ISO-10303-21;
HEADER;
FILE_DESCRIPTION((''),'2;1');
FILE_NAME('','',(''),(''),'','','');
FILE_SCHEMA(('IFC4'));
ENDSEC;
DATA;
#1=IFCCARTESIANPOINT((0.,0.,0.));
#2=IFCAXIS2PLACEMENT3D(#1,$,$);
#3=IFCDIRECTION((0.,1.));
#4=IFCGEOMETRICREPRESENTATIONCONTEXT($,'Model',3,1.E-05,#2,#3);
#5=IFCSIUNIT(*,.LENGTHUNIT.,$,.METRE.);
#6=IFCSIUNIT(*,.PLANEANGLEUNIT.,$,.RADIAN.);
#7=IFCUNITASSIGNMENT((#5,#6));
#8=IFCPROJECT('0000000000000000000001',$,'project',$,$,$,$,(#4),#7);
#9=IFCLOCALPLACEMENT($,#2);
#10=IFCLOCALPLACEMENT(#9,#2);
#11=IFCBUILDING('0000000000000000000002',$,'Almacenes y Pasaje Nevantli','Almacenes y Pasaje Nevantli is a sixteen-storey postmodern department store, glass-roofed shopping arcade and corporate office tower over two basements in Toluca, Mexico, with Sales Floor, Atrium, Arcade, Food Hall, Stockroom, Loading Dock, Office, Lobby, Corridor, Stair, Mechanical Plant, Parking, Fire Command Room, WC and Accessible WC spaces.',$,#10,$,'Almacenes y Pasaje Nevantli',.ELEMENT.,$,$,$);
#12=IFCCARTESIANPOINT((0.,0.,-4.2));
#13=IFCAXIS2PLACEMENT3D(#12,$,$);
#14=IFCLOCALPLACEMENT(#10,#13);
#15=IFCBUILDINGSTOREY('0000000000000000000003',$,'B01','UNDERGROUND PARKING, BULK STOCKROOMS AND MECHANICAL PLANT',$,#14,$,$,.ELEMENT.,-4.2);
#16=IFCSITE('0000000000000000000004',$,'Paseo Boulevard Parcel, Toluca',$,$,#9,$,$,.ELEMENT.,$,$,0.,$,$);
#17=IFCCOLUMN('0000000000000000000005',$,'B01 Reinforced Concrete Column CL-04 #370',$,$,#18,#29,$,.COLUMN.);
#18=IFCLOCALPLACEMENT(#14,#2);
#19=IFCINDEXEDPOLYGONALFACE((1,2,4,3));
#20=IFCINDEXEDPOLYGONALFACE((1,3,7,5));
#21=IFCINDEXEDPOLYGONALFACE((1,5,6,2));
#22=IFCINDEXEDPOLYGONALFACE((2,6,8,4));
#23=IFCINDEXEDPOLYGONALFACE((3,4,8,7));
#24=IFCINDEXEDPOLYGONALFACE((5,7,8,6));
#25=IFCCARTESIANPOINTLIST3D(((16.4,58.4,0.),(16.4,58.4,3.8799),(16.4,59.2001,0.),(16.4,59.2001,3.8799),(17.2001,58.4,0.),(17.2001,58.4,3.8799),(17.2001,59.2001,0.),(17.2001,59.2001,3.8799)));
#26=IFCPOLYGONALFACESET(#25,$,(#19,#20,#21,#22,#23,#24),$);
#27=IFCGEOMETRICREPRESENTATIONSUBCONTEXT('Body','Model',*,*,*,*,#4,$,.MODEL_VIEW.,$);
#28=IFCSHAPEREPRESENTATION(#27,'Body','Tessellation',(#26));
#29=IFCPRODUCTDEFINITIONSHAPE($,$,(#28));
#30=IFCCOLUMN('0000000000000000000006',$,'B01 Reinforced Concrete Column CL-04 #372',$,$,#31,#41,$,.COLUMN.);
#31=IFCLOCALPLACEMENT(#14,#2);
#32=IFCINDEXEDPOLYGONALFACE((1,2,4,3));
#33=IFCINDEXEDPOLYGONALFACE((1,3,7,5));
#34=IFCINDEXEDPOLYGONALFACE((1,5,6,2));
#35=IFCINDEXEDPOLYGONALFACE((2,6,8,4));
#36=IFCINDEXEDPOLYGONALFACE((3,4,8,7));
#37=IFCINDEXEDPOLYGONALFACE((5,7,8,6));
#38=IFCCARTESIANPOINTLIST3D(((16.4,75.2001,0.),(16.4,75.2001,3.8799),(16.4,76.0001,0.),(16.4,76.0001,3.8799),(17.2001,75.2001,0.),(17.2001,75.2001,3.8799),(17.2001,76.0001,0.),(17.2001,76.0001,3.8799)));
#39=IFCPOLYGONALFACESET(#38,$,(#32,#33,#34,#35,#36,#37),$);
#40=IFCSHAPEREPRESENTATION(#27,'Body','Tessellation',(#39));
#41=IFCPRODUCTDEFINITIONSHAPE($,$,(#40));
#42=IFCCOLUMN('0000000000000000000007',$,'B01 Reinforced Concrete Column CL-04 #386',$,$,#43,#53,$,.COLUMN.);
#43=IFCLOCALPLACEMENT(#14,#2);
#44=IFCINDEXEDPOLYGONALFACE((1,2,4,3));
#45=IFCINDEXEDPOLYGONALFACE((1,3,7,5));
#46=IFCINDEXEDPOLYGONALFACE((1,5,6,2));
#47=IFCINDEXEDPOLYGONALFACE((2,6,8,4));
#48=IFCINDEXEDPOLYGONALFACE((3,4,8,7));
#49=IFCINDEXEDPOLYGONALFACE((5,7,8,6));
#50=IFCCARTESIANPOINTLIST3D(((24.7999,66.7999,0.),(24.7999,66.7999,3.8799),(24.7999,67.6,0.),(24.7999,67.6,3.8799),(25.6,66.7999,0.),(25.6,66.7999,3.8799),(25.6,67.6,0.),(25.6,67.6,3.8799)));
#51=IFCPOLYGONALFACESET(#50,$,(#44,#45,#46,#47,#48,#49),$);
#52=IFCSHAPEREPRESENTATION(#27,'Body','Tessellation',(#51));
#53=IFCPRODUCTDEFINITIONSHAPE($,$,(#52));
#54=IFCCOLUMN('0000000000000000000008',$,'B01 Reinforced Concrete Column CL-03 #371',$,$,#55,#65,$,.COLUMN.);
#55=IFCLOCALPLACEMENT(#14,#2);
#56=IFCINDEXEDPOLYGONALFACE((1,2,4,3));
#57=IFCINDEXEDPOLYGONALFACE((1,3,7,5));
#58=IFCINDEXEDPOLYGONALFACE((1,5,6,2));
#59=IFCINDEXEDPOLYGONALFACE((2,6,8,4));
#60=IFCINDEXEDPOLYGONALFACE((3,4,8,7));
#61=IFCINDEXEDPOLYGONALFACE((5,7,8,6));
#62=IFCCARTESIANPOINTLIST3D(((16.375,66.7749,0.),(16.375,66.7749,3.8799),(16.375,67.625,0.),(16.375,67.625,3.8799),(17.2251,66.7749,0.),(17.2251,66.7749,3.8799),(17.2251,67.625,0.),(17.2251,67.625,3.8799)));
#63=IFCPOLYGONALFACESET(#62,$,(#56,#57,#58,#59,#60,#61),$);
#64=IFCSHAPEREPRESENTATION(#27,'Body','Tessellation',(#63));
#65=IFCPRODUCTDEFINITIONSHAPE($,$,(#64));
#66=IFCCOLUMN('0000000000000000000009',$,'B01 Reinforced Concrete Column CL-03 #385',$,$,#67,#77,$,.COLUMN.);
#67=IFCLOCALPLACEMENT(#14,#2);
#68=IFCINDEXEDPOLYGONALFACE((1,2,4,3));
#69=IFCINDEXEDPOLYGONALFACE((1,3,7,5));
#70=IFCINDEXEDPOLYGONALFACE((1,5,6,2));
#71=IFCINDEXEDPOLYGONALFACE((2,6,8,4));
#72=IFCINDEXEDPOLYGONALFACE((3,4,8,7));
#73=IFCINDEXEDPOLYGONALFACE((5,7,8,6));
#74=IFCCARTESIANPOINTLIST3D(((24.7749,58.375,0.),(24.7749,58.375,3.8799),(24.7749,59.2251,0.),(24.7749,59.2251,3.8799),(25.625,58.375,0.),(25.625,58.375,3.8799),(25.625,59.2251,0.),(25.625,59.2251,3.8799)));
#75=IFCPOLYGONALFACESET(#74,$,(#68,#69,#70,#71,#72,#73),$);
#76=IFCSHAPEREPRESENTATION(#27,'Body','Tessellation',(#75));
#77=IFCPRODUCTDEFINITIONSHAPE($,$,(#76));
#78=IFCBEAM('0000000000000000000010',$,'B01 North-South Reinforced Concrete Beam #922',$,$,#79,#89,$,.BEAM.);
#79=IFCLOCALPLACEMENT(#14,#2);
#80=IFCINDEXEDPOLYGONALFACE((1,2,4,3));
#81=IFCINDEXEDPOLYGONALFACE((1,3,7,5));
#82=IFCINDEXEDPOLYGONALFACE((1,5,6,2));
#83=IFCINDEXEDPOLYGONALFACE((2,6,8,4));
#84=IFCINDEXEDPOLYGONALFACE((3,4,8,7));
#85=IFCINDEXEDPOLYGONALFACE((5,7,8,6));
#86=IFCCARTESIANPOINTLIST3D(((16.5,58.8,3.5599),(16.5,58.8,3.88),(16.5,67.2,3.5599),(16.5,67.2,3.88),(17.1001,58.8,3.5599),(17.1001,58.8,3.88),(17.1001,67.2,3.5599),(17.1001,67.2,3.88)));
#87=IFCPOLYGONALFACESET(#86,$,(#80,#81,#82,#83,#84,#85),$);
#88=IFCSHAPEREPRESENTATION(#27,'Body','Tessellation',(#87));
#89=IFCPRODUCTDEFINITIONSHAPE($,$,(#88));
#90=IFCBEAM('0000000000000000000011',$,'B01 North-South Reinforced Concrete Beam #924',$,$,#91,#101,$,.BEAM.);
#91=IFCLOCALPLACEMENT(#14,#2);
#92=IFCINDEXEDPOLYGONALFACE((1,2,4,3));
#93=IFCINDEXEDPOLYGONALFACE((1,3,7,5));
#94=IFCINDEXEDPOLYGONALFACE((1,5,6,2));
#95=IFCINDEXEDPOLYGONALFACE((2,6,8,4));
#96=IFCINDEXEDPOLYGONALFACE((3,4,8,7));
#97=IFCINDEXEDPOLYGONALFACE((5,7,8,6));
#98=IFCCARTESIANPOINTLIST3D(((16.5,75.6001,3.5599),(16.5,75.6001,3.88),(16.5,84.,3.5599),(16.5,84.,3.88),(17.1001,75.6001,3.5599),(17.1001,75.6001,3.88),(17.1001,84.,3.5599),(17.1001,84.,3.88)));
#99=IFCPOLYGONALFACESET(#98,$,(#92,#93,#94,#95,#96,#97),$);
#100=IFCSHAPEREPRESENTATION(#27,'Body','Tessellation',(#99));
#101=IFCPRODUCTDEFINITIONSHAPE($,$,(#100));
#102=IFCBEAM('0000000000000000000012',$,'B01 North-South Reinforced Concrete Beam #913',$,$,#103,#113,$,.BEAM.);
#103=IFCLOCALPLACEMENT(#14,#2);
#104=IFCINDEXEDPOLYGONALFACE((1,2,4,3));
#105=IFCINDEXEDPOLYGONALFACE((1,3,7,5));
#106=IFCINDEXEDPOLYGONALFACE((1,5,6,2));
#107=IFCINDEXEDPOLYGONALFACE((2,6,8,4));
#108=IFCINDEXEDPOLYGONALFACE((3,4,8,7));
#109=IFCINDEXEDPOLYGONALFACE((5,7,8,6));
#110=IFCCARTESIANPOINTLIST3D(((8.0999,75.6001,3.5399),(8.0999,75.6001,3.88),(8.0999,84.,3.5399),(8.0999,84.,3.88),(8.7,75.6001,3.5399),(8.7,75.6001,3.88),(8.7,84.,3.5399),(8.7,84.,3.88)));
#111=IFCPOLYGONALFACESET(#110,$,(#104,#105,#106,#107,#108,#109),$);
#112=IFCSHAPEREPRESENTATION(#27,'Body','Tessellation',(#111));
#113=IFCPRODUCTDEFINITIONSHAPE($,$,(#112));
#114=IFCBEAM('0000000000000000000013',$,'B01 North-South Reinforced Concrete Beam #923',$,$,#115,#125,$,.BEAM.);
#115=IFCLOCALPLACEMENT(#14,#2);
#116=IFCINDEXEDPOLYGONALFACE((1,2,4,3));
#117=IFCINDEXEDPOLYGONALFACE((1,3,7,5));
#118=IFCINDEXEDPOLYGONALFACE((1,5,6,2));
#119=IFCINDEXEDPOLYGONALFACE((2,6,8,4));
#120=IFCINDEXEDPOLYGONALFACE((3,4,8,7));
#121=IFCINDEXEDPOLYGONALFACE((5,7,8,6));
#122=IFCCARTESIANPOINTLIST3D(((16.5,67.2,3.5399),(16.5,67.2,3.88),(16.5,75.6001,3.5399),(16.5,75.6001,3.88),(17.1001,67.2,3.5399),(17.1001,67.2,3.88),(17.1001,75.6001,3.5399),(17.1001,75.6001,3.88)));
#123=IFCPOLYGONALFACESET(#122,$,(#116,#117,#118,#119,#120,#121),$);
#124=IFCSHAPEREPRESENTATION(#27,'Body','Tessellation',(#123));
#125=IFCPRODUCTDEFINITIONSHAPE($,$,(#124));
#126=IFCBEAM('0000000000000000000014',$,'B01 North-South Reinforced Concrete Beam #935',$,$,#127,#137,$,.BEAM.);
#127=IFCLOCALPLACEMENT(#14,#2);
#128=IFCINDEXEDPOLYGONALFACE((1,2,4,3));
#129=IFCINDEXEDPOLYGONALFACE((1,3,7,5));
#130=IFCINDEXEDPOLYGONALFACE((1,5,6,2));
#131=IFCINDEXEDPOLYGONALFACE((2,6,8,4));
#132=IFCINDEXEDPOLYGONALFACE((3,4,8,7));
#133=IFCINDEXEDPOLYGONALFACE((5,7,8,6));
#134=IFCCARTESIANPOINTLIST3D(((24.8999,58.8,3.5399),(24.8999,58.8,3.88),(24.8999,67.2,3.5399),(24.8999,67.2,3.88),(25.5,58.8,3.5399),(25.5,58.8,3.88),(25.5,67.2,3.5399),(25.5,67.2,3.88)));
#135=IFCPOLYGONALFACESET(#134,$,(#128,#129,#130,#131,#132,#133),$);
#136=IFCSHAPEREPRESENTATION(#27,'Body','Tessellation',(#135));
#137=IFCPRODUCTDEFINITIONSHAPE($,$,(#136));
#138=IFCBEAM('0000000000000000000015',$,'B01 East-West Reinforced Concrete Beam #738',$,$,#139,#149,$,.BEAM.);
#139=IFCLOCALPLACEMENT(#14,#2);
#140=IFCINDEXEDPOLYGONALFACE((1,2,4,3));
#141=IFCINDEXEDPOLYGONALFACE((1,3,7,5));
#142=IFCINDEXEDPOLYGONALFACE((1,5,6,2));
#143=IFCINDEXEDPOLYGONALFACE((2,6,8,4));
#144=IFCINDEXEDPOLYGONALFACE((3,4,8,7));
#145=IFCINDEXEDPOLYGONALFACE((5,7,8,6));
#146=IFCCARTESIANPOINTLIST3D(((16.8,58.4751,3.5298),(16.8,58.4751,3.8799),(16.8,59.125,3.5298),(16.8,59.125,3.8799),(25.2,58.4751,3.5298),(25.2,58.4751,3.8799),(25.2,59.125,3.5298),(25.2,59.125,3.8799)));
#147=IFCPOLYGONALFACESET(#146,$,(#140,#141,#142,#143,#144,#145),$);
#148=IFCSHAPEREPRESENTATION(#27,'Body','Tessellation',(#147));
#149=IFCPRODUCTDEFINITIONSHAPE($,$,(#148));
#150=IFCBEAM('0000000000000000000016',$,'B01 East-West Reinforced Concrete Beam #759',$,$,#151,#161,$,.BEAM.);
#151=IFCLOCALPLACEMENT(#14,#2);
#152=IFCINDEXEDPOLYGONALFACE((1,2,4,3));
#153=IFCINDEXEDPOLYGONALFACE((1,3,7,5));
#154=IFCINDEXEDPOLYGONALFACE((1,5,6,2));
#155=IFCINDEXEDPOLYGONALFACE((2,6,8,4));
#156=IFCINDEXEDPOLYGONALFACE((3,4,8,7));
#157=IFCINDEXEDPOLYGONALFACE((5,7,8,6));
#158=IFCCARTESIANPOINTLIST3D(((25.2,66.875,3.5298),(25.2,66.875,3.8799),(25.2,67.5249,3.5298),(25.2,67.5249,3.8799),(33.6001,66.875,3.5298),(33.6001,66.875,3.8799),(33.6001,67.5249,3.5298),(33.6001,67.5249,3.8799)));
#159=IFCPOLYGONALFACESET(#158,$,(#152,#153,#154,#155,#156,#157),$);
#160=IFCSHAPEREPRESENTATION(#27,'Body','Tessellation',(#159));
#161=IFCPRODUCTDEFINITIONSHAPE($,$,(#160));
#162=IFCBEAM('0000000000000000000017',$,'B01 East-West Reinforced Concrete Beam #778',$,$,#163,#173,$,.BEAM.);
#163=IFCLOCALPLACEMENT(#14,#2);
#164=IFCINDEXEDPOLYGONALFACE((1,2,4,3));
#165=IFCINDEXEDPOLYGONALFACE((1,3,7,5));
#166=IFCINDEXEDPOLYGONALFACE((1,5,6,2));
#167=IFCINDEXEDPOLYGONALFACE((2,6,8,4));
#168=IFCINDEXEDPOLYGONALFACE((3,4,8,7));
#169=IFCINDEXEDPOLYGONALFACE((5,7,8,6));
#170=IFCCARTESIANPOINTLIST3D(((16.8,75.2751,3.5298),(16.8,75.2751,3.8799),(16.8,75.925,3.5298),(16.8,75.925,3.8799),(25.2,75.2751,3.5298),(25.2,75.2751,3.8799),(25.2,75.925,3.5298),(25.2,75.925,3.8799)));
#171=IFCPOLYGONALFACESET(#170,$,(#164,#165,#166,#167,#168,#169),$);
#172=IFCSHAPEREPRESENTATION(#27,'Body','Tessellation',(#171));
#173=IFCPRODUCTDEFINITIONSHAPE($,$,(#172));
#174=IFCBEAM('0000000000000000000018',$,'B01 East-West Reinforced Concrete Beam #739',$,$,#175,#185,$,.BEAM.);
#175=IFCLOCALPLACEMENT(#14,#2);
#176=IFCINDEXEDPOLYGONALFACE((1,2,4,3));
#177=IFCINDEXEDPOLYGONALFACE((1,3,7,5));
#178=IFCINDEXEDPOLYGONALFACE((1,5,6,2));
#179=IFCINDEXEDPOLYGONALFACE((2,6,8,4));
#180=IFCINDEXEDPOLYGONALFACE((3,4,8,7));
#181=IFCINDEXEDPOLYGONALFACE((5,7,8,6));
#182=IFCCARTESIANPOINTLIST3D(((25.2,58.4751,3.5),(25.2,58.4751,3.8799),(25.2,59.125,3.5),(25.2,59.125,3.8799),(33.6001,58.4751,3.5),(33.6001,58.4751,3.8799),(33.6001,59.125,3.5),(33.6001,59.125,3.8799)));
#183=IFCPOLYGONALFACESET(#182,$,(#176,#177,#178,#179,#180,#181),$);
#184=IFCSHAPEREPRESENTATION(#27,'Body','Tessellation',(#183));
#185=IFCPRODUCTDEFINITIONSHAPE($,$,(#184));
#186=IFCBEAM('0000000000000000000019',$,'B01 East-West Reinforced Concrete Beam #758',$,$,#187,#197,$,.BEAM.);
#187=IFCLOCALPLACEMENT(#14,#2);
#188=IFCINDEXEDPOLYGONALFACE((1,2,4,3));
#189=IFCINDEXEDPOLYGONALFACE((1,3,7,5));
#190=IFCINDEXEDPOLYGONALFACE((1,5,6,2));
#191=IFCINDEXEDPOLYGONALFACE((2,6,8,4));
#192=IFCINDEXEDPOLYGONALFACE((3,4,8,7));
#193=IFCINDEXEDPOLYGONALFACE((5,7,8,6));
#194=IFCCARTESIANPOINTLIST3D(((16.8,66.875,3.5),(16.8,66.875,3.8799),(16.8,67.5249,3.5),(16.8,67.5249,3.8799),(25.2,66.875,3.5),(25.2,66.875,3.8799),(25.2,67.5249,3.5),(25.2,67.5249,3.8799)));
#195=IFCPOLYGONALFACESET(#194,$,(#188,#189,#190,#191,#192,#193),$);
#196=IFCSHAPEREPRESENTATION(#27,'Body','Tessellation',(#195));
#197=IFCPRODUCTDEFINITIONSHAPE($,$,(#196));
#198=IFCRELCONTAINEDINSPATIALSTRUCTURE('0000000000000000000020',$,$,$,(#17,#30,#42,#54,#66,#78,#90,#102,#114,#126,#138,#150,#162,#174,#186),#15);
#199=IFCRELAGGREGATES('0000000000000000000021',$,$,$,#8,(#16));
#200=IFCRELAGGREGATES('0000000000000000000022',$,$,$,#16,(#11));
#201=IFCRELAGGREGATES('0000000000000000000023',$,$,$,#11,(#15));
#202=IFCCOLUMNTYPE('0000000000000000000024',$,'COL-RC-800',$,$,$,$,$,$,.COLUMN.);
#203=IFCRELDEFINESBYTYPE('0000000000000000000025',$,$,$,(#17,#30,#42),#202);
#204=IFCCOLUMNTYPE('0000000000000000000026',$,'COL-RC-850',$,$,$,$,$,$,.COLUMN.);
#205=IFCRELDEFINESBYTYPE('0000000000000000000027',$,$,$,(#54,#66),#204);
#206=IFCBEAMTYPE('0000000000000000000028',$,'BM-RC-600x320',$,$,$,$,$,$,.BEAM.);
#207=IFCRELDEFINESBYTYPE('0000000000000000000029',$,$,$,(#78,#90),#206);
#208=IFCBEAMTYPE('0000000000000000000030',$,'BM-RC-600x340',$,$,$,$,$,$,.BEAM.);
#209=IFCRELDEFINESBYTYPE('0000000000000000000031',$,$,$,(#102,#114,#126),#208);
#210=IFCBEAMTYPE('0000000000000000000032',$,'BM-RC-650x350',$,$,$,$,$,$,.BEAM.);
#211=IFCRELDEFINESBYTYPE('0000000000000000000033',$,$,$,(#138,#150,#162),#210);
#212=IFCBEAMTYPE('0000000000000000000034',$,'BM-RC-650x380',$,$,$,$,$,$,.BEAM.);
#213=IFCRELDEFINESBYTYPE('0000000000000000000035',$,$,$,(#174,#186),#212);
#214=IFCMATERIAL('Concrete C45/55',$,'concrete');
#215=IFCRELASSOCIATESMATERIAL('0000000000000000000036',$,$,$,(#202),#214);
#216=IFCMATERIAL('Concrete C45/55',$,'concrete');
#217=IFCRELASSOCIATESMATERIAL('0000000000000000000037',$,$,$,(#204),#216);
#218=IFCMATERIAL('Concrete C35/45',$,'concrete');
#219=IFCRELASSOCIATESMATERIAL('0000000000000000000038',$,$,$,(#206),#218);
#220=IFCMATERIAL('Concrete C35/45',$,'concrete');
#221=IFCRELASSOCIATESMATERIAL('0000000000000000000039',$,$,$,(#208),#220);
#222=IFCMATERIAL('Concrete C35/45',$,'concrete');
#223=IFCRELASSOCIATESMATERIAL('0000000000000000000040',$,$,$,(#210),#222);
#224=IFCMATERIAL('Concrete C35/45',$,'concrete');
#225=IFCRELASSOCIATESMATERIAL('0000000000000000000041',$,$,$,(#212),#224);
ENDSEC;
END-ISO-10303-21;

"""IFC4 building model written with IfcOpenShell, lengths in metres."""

from ifc_helpers import new_model, si_unit, direction, frame, origin, origin_2d, place, context, subcontext, project, spatial, rectangle, extrude, material, material_profile, profile_set, type_object, element, save


model = new_model("IFC4")

# Units and contexts
model_context = context("Model", 3, precision=1e-05, world=origin(), true_north=direction((0.0, 1.0)))
body_context = subcontext(model_context, "Body", "Model", "MODEL_VIEW")
ifc_project = project(units=[si_unit("LENGTHUNIT", "METRE"), si_unit("PLANEANGLEUNIT", "RADIAN")], contexts=[model_context])

# Site, building, storey
site_placement = place(None, origin())
site = spatial("IfcSite", under=ifc_project, at=site_placement, Name="Paseo Boulevard Parcel, Toluca", CompositionType="ELEMENT", RefElevation=0.0)
building_placement = place(site_placement, origin())
building = spatial("IfcBuilding", under=site, at=building_placement, Name="Almacenes y Pasaje Nevantli", Description="Almacenes y Pasaje Nevantli is a sixteen-storey postmodern department store, glass-roofed shopping arcade and corporate office tower over two basements in Toluca, Mexico, with Sales Floor, Atrium, Arcade, Food Hall, Stockroom, Loading Dock, Office, Lobby, Corridor, Stair, Mechanical Plant, Parking, Fire Command Room, WC and Accessible WC spaces.", LongName="Almacenes y Pasaje Nevantli", CompositionType="ELEMENT")
storey_placement = place(building_placement, frame((0.0, 0.0, -4.2)))
storey = spatial("IfcBuildingStorey", under=building, at=storey_placement, Name="B01", Description="UNDERGROUND PARKING, BULK STOCKROOMS AND MECHANICAL PLANT", CompositionType="ELEMENT", Elevation=-4.2)

# Columns
ifc_material_1 = material(Name="Concrete C45/55", Category="concrete")
ifc_material_profile_1 = material_profile(ifc_material_1, rectangle(XDim=0.8, YDim=0.8, at=origin_2d()), Name="RC-COL-800x800")
ifc_profile_set_1 = profile_set([ifc_material_profile_1], Name="Concrete C45/55")
column_type_1 = type_object("IfcColumnType", Name="COL-RC-800", PredefinedType="COLUMN", material=ifc_profile_set_1)
for number, where, z_axis, x_axis, name in (
    (1, (16.8, 58.8, 0.0), (0.0, 0.0, 1.0), (1.0, 0.0, 0.0), "B01 Reinforced Concrete Column CL-04 #370"),
    (2, (16.8, 75.6001, 0.0), (0.0, 0.0, 1.0), (1.0, 0.0, 0.0), "B01 Reinforced Concrete Column CL-04 #372"),
    (3, (25.2, 67.2, 0.0), (0.0, 0.0, 1.0), (1.0, 0.0, 0.0), "B01 Reinforced Concrete Column CL-04 #386"),
):
    element("IfcColumn", number, at=place(storey_placement, frame(where, z_axis=z_axis, x_axis=x_axis)), inside=storey, type_object=column_type_1, Name=name, PredefinedType="COLUMN", context=body_context, shape_type="SweptSolid", body=[
        extrude(rectangle(XDim=0.8, YDim=0.8, at=origin_2d()), origin(), (0.0, 0.0, 1.0), 3.8799),
    ])
ifc_material_2 = material(Name="Concrete C45/55", Category="concrete")
ifc_material_profile_2 = material_profile(ifc_material_2, rectangle(XDim=0.8501, YDim=0.8501, at=origin_2d()), Name="RC-COL-850x850")
ifc_profile_set_2 = profile_set([ifc_material_profile_2], Name="Concrete C45/55")
column_type_2 = type_object("IfcColumnType", Name="COL-RC-850", PredefinedType="COLUMN", material=ifc_profile_set_2)
for number, where, z_axis, x_axis, name in (
    (4, (16.8, 67.2, 0.0), (0.0, 0.0, 1.0), (1.0, 0.0, 0.0), "B01 Reinforced Concrete Column CL-03 #371"),
    (5, (25.2, 58.8, 0.0), (0.0, 0.0, 1.0), (1.0, 0.0, 0.0), "B01 Reinforced Concrete Column CL-03 #385"),
):
    element("IfcColumn", number, at=place(storey_placement, frame(where, z_axis=z_axis, x_axis=x_axis)), inside=storey, type_object=column_type_2, Name=name, PredefinedType="COLUMN", context=body_context, shape_type="SweptSolid", body=[
        extrude(rectangle(XDim=0.8501, YDim=0.8501, at=origin_2d()), origin(), (0.0, 0.0, 1.0), 3.8799),
    ])

# Beams
ifc_material_3 = material(Name="Concrete C35/45", Category="concrete")
ifc_material_profile_3 = material_profile(ifc_material_3, rectangle(XDim=0.6001, YDim=0.3201, at=origin_2d()), Name="RC-BM-600x320")
ifc_profile_set_3 = profile_set([ifc_material_profile_3], Name="Concrete C35/45")
beam_type_1 = type_object("IfcBeamType", Name="BM-RC-600x320", PredefinedType="BEAM", material=ifc_profile_set_3)
for number, where, z_axis, x_axis, name in (
    (6, (16.8, 58.8, 3.72), (0.0, 1.0, 0.0), (-1.0, 0.0, 0.0), "B01 North-South Reinforced Concrete Beam #922"),
    (7, (16.8, 75.6001, 3.72), (0.0, 1.0, 0.0), (-1.0, 0.0, 0.0), "B01 North-South Reinforced Concrete Beam #924"),
):
    element("IfcBeam", number, at=place(storey_placement, frame(where, z_axis=z_axis, x_axis=x_axis)), inside=storey, type_object=beam_type_1, Name=name, PredefinedType="BEAM", context=body_context, shape_type="SweptSolid", body=[
        extrude(rectangle(XDim=0.6001, YDim=0.3201, at=origin_2d()), origin(), (0.0, 0.0, 1.0), 8.3999),
    ])
ifc_material_4 = material(Name="Concrete C35/45", Category="concrete")
ifc_material_profile_4 = material_profile(ifc_material_4, rectangle(XDim=0.6001, YDim=0.3401, at=origin_2d()), Name="RC-BM-600x340")
ifc_profile_set_4 = profile_set([ifc_material_profile_4], Name="Concrete C35/45")
beam_type_2 = type_object("IfcBeamType", Name="BM-RC-600x340", PredefinedType="BEAM", material=ifc_profile_set_4)
beam_1_placement = place(storey_placement, frame((8.3999, 75.6001, 3.71), z_axis=(0.0, 1.0, 0.0), x_axis=(-1.0, 0.0, 0.0)))
element("IfcBeam", 8, at=beam_1_placement, inside=storey, type_object=beam_type_2, Name="B01 North-South Reinforced Concrete Beam #913", PredefinedType="BEAM", context=body_context, shape_type="SweptSolid", body=[
    extrude(rectangle(XDim=0.6001, YDim=0.3401, at=origin_2d()), origin(), (0.0, 0.0, 1.0), 8.3999),
])
beam_2_placement = place(storey_placement, frame((16.8, 67.2, 3.71), z_axis=(0.0, 1.0, 0.0), x_axis=(-1.0, 0.0, 0.0)))
element("IfcBeam", 9, at=beam_2_placement, inside=storey, type_object=beam_type_2, Name="B01 North-South Reinforced Concrete Beam #923", PredefinedType="BEAM", context=body_context, shape_type="SweptSolid", body=[
    extrude(rectangle(XDim=0.6001, YDim=0.3401, at=origin_2d()), origin(), (0.0, 0.0, 1.0), 8.4001),
])
beam_3_placement = place(storey_placement, frame((25.2, 58.8, 3.71), z_axis=(0.0, 1.0, 0.0), x_axis=(-1.0, 0.0, 0.0)))
element("IfcBeam", 10, at=beam_3_placement, inside=storey, type_object=beam_type_2, Name="B01 North-South Reinforced Concrete Beam #935", PredefinedType="BEAM", context=body_context, shape_type="SweptSolid", body=[
    extrude(rectangle(XDim=0.6001, YDim=0.3401, at=origin_2d()), origin(), (0.0, 0.0, 1.0), 8.3999),
])
ifc_material_5 = material(Name="Concrete C35/45", Category="concrete")
ifc_material_profile_5 = material_profile(ifc_material_5, rectangle(XDim=0.6499, YDim=0.3501, at=origin_2d()), Name="RC-BM-650x350")
ifc_profile_set_5 = profile_set([ifc_material_profile_5], Name="Concrete C35/45")
beam_type_3 = type_object("IfcBeamType", Name="BM-RC-650x350", PredefinedType="BEAM", material=ifc_profile_set_5)
beam_4_placement = place(storey_placement, frame((16.8, 58.8, 3.7048), z_axis=(1.0, 0.0, 0.0), x_axis=(0.0, 1.0, 0.0)))
element("IfcBeam", 11, at=beam_4_placement, inside=storey, type_object=beam_type_3, Name="B01 East-West Reinforced Concrete Beam #738", PredefinedType="BEAM", context=body_context, shape_type="SweptSolid", body=[
    extrude(rectangle(XDim=0.6499, YDim=0.3501, at=origin_2d()), origin(), (0.0, 0.0, 1.0), 8.3999),
])
beam_5_placement = place(storey_placement, frame((25.2, 67.2, 3.7048), z_axis=(1.0, 0.0, 0.0), x_axis=(0.0, 1.0, 0.0)))
element("IfcBeam", 12, at=beam_5_placement, inside=storey, type_object=beam_type_3, Name="B01 East-West Reinforced Concrete Beam #759", PredefinedType="BEAM", context=body_context, shape_type="SweptSolid", body=[
    extrude(rectangle(XDim=0.6499, YDim=0.3501, at=origin_2d()), origin(), (0.0, 0.0, 1.0), 8.4001),
])
beam_6_placement = place(storey_placement, frame((16.8, 75.6001, 3.7048), z_axis=(1.0, 0.0, 0.0), x_axis=(0.0, 1.0, 0.0)))
element("IfcBeam", 13, at=beam_6_placement, inside=storey, type_object=beam_type_3, Name="B01 East-West Reinforced Concrete Beam #778", PredefinedType="BEAM", context=body_context, shape_type="SweptSolid", body=[
    extrude(rectangle(XDim=0.6499, YDim=0.3501, at=origin_2d()), origin(), (0.0, 0.0, 1.0), 8.3999),
])
ifc_material_6 = material(Name="Concrete C35/45", Category="concrete")
ifc_material_profile_6 = material_profile(ifc_material_6, rectangle(XDim=0.6499, YDim=0.3799, at=origin_2d()), Name="RC-BM-650x380")
ifc_profile_set_6 = profile_set([ifc_material_profile_6], Name="Concrete C35/45")
beam_type_4 = type_object("IfcBeamType", Name="BM-RC-650x380", PredefinedType="BEAM", material=ifc_profile_set_6)
beam_7_placement = place(storey_placement, frame((25.2, 58.8, 3.6899), z_axis=(1.0, 0.0, 0.0), x_axis=(0.0, 1.0, 0.0)))
element("IfcBeam", 14, at=beam_7_placement, inside=storey, type_object=beam_type_4, Name="B01 East-West Reinforced Concrete Beam #739", PredefinedType="BEAM", context=body_context, shape_type="SweptSolid", body=[
    extrude(rectangle(XDim=0.6499, YDim=0.3799, at=origin_2d()), origin(), (0.0, 0.0, 1.0), 8.4001),
])
beam_8_placement = place(storey_placement, frame((16.8, 67.2, 3.6899), z_axis=(1.0, 0.0, 0.0), x_axis=(0.0, 1.0, 0.0)))
element("IfcBeam", 15, at=beam_8_placement, inside=storey, type_object=beam_type_4, Name="B01 East-West Reinforced Concrete Beam #758", PredefinedType="BEAM", context=body_context, shape_type="SweptSolid", body=[
    extrude(rectangle(XDim=0.6499, YDim=0.3799, at=origin_2d()), origin(), (0.0, 0.0, 1.0), 8.3999),
])

save(model, "model.ifc")
